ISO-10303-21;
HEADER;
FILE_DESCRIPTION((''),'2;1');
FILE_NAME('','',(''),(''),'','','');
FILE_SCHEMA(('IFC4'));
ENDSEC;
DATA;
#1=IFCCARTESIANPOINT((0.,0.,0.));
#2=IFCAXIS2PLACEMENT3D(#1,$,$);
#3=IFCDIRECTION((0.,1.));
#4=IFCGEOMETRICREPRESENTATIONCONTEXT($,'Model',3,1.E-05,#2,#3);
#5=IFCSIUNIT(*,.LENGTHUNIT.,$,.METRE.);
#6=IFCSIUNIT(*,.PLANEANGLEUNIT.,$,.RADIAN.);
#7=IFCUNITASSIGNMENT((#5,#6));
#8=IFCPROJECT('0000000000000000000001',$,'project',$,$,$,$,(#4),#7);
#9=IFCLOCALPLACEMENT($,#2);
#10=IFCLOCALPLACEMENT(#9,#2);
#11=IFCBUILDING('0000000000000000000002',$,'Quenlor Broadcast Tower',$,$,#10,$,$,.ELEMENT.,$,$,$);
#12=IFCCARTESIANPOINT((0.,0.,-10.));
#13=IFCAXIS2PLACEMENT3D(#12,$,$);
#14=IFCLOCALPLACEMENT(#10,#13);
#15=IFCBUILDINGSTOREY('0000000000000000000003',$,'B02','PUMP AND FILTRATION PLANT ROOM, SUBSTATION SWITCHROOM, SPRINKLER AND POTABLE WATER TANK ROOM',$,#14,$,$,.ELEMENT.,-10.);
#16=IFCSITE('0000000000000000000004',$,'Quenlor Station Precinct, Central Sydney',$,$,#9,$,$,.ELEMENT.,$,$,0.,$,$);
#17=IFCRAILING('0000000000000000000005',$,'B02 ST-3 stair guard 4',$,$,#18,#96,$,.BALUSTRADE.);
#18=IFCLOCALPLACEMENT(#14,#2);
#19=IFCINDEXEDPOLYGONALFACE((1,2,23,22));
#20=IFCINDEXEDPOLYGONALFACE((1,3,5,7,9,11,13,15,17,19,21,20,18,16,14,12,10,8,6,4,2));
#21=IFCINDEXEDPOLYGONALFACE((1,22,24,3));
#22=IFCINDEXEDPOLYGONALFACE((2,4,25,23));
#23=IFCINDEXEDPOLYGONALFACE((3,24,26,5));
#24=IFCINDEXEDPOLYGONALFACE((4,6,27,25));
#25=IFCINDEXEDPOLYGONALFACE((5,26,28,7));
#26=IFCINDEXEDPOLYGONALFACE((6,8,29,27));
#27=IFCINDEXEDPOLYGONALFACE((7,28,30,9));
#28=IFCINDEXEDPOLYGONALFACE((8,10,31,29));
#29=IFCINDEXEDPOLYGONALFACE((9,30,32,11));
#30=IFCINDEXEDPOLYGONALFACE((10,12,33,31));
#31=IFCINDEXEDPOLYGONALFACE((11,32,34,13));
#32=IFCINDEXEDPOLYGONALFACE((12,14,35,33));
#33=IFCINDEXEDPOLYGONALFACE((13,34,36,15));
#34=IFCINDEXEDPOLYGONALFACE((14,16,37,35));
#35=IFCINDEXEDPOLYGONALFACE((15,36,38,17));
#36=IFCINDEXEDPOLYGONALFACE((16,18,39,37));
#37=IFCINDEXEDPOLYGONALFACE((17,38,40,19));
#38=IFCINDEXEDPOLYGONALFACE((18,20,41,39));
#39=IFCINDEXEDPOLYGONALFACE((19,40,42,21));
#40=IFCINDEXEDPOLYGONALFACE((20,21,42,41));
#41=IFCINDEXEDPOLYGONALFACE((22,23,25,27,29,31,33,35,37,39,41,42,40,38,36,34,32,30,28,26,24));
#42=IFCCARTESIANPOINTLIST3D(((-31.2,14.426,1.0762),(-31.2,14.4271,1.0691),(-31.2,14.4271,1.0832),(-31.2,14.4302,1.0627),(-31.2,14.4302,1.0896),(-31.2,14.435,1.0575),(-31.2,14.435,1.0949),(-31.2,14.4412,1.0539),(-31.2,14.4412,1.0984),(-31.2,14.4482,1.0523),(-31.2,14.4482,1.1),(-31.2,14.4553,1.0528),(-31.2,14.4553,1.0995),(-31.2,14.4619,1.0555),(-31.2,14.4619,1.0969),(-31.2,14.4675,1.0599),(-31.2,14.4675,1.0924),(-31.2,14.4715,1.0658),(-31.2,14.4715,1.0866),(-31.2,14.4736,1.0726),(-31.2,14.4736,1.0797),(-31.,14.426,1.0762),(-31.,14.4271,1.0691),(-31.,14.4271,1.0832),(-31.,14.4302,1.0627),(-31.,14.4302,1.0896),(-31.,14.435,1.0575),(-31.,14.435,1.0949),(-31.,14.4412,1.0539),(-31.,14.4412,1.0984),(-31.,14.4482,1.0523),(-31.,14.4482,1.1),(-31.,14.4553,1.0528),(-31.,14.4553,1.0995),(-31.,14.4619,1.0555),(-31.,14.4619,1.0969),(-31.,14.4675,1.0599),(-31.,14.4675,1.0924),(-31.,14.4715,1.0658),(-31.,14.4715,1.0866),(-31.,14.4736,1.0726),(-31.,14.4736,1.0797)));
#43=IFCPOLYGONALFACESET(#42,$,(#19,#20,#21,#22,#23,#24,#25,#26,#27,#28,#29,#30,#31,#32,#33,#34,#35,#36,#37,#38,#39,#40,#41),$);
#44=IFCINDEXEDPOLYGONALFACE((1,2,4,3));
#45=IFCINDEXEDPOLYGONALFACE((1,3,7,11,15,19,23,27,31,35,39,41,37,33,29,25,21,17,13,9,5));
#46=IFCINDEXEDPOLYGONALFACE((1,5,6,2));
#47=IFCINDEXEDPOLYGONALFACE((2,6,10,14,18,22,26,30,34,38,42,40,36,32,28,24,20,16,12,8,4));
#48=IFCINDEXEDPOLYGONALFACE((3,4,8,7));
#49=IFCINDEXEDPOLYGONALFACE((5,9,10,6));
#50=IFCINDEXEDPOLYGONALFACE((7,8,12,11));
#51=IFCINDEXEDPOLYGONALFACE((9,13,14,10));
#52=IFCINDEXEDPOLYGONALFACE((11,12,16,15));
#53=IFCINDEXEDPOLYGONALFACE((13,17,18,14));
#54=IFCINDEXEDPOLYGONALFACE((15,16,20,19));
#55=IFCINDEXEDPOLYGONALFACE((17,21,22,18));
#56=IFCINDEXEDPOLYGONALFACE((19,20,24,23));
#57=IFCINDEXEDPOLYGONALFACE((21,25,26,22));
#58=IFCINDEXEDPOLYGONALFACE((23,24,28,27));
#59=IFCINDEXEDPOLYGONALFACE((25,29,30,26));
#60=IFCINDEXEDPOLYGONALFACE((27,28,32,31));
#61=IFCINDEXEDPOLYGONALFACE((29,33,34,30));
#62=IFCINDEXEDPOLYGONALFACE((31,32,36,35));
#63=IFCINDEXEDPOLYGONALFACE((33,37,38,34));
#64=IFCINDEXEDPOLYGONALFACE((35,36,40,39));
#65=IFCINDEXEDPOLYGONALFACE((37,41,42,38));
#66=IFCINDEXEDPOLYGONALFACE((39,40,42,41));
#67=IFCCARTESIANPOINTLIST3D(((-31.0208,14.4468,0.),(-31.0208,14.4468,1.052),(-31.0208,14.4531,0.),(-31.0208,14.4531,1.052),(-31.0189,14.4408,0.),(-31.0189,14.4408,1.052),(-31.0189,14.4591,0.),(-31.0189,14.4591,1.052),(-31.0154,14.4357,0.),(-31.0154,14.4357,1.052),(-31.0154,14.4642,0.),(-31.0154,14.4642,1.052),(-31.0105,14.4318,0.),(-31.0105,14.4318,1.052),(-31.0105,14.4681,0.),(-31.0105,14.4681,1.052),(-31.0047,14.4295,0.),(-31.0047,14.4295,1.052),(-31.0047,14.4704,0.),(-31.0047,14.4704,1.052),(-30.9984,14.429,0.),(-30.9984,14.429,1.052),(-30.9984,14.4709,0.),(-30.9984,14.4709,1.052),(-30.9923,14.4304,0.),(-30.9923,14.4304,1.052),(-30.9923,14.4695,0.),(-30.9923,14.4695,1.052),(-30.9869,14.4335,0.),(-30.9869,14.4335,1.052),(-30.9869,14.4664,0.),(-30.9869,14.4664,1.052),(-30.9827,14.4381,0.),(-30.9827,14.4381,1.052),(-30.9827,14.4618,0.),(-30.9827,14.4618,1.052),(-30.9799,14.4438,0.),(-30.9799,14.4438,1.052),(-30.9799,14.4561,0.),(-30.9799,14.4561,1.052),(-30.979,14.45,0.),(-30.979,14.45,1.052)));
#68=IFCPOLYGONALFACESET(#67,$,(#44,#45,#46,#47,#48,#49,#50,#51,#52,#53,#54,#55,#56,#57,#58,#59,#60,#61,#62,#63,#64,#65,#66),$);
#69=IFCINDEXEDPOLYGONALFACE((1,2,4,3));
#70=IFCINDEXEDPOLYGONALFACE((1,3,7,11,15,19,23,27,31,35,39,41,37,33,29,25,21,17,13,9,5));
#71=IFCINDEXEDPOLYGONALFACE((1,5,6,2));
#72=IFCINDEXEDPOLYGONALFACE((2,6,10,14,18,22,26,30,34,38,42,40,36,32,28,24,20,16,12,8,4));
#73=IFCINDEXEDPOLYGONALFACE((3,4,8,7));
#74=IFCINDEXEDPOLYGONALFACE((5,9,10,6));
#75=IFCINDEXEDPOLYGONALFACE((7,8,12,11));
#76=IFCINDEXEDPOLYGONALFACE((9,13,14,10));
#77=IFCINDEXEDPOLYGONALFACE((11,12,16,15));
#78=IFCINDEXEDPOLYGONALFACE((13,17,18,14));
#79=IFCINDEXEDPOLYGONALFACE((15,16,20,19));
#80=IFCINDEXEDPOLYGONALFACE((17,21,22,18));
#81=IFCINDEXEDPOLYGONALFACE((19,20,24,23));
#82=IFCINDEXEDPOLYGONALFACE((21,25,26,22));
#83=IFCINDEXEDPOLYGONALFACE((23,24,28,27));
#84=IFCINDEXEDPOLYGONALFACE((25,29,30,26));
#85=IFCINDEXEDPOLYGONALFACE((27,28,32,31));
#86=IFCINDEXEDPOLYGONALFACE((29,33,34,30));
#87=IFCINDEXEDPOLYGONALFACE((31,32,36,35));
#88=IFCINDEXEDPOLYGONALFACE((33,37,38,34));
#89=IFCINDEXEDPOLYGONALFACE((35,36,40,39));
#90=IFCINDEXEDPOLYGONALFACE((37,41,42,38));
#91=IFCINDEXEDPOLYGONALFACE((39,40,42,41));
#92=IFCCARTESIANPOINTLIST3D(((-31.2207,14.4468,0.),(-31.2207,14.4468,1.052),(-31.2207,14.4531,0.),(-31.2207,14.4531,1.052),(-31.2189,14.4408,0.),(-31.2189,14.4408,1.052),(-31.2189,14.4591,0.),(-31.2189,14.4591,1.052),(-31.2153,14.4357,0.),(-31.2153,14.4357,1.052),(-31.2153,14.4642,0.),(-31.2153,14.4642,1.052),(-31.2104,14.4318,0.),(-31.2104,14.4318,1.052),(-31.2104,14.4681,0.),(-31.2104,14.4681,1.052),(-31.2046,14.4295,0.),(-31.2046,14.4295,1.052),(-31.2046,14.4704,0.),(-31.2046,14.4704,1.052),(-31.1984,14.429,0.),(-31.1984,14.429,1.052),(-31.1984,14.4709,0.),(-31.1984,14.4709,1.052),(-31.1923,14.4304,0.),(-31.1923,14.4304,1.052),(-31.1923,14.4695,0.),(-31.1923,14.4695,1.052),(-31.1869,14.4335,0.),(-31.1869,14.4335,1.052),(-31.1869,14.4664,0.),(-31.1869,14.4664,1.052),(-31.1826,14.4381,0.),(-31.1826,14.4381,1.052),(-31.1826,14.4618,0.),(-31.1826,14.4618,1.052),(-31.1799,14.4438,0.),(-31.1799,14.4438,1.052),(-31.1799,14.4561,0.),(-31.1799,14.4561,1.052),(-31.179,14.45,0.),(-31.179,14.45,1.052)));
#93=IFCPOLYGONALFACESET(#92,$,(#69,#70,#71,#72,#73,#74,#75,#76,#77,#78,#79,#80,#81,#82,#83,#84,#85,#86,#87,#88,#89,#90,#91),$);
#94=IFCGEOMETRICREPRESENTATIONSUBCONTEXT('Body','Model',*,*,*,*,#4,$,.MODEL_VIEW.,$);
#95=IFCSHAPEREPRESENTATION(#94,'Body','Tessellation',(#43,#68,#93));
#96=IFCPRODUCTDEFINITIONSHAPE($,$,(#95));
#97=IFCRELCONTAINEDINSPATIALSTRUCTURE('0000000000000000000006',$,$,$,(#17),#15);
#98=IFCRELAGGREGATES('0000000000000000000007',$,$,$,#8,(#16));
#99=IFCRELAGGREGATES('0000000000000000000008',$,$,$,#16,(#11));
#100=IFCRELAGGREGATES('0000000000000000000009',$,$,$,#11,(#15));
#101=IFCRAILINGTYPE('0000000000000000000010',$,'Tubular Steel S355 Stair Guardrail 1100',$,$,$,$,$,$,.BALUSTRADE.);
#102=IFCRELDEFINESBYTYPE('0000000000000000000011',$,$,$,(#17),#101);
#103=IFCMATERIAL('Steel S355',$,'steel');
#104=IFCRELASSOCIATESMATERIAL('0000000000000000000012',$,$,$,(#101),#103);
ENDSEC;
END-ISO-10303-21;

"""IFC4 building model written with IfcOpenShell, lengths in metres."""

from ifc_helpers import new_model, si_unit, direction, frame, origin, origin_2d, place, context, subcontext, project, spatial, circle, extrude, material, type_object, element, save


model = new_model("IFC4")

# Units and contexts
model_context = context("Model", 3, precision=1e-05, world=origin(), true_north=direction((0.0, 1.0)))
body_context = subcontext(model_context, "Body", "Model", "MODEL_VIEW")
ifc_project = project(units=[si_unit("LENGTHUNIT", "METRE"), si_unit("PLANEANGLEUNIT", "RADIAN")], contexts=[model_context])

# Site, building, storey
site_placement = place(None, origin())
site = spatial("IfcSite", under=ifc_project, at=site_placement, Name="Quenlor Station Precinct, Central Sydney", CompositionType="ELEMENT", RefElevation=0.0)
building_placement = place(site_placement, origin())
building = spatial("IfcBuilding", under=site, at=building_placement, Name="Quenlor Broadcast Tower", CompositionType="ELEMENT")
storey_placement = place(building_placement, frame((0.0, 0.0, -10.0)))
storey = spatial("IfcBuildingStorey", under=building, at=storey_placement, Name="B02", Description="PUMP AND FILTRATION PLANT ROOM, SUBSTATION SWITCHROOM, SPRINKLER AND POTABLE WATER TANK ROOM", CompositionType="ELEMENT", Elevation=-10.0)

# Railing
ifc_material_1 = material(Name="Steel S355", Category="steel")
railing_type_1 = type_object("IfcRailingType", Name="Tubular Steel S355 Stair Guardrail 1100", PredefinedType="BALUSTRADE", material=ifc_material_1)
railing_1_placement = place(storey_placement, frame((-31.0, 14.45, 0.0)))
element("IfcRailing", 1, at=railing_1_placement, inside=storey, type_object=railing_type_1, Name="B02 ST-3 stair guard 4", PredefinedType="BALUSTRADE", context=body_context, shape_type="SweptSolid", body=[
    extrude(circle(Radius=0.0239, at=origin_2d()), frame((0.0, 0.0, 1.0762), z_axis=(-1.0, 0.0, 0.0), x_axis=(0.0, -1.0, 0.0)), (0.0, 0.0, 1.0), 0.2),
    extrude(circle(Radius=0.021, at=origin_2d()), origin(), (0.0, 0.0, 1.0), 1.052),
    extrude(circle(Radius=0.021, at=origin_2d()), frame((-0.2, 0.0, 0.0)), (0.0, 0.0, 1.0), 1.052),
])

save(model, "model.ifc")
